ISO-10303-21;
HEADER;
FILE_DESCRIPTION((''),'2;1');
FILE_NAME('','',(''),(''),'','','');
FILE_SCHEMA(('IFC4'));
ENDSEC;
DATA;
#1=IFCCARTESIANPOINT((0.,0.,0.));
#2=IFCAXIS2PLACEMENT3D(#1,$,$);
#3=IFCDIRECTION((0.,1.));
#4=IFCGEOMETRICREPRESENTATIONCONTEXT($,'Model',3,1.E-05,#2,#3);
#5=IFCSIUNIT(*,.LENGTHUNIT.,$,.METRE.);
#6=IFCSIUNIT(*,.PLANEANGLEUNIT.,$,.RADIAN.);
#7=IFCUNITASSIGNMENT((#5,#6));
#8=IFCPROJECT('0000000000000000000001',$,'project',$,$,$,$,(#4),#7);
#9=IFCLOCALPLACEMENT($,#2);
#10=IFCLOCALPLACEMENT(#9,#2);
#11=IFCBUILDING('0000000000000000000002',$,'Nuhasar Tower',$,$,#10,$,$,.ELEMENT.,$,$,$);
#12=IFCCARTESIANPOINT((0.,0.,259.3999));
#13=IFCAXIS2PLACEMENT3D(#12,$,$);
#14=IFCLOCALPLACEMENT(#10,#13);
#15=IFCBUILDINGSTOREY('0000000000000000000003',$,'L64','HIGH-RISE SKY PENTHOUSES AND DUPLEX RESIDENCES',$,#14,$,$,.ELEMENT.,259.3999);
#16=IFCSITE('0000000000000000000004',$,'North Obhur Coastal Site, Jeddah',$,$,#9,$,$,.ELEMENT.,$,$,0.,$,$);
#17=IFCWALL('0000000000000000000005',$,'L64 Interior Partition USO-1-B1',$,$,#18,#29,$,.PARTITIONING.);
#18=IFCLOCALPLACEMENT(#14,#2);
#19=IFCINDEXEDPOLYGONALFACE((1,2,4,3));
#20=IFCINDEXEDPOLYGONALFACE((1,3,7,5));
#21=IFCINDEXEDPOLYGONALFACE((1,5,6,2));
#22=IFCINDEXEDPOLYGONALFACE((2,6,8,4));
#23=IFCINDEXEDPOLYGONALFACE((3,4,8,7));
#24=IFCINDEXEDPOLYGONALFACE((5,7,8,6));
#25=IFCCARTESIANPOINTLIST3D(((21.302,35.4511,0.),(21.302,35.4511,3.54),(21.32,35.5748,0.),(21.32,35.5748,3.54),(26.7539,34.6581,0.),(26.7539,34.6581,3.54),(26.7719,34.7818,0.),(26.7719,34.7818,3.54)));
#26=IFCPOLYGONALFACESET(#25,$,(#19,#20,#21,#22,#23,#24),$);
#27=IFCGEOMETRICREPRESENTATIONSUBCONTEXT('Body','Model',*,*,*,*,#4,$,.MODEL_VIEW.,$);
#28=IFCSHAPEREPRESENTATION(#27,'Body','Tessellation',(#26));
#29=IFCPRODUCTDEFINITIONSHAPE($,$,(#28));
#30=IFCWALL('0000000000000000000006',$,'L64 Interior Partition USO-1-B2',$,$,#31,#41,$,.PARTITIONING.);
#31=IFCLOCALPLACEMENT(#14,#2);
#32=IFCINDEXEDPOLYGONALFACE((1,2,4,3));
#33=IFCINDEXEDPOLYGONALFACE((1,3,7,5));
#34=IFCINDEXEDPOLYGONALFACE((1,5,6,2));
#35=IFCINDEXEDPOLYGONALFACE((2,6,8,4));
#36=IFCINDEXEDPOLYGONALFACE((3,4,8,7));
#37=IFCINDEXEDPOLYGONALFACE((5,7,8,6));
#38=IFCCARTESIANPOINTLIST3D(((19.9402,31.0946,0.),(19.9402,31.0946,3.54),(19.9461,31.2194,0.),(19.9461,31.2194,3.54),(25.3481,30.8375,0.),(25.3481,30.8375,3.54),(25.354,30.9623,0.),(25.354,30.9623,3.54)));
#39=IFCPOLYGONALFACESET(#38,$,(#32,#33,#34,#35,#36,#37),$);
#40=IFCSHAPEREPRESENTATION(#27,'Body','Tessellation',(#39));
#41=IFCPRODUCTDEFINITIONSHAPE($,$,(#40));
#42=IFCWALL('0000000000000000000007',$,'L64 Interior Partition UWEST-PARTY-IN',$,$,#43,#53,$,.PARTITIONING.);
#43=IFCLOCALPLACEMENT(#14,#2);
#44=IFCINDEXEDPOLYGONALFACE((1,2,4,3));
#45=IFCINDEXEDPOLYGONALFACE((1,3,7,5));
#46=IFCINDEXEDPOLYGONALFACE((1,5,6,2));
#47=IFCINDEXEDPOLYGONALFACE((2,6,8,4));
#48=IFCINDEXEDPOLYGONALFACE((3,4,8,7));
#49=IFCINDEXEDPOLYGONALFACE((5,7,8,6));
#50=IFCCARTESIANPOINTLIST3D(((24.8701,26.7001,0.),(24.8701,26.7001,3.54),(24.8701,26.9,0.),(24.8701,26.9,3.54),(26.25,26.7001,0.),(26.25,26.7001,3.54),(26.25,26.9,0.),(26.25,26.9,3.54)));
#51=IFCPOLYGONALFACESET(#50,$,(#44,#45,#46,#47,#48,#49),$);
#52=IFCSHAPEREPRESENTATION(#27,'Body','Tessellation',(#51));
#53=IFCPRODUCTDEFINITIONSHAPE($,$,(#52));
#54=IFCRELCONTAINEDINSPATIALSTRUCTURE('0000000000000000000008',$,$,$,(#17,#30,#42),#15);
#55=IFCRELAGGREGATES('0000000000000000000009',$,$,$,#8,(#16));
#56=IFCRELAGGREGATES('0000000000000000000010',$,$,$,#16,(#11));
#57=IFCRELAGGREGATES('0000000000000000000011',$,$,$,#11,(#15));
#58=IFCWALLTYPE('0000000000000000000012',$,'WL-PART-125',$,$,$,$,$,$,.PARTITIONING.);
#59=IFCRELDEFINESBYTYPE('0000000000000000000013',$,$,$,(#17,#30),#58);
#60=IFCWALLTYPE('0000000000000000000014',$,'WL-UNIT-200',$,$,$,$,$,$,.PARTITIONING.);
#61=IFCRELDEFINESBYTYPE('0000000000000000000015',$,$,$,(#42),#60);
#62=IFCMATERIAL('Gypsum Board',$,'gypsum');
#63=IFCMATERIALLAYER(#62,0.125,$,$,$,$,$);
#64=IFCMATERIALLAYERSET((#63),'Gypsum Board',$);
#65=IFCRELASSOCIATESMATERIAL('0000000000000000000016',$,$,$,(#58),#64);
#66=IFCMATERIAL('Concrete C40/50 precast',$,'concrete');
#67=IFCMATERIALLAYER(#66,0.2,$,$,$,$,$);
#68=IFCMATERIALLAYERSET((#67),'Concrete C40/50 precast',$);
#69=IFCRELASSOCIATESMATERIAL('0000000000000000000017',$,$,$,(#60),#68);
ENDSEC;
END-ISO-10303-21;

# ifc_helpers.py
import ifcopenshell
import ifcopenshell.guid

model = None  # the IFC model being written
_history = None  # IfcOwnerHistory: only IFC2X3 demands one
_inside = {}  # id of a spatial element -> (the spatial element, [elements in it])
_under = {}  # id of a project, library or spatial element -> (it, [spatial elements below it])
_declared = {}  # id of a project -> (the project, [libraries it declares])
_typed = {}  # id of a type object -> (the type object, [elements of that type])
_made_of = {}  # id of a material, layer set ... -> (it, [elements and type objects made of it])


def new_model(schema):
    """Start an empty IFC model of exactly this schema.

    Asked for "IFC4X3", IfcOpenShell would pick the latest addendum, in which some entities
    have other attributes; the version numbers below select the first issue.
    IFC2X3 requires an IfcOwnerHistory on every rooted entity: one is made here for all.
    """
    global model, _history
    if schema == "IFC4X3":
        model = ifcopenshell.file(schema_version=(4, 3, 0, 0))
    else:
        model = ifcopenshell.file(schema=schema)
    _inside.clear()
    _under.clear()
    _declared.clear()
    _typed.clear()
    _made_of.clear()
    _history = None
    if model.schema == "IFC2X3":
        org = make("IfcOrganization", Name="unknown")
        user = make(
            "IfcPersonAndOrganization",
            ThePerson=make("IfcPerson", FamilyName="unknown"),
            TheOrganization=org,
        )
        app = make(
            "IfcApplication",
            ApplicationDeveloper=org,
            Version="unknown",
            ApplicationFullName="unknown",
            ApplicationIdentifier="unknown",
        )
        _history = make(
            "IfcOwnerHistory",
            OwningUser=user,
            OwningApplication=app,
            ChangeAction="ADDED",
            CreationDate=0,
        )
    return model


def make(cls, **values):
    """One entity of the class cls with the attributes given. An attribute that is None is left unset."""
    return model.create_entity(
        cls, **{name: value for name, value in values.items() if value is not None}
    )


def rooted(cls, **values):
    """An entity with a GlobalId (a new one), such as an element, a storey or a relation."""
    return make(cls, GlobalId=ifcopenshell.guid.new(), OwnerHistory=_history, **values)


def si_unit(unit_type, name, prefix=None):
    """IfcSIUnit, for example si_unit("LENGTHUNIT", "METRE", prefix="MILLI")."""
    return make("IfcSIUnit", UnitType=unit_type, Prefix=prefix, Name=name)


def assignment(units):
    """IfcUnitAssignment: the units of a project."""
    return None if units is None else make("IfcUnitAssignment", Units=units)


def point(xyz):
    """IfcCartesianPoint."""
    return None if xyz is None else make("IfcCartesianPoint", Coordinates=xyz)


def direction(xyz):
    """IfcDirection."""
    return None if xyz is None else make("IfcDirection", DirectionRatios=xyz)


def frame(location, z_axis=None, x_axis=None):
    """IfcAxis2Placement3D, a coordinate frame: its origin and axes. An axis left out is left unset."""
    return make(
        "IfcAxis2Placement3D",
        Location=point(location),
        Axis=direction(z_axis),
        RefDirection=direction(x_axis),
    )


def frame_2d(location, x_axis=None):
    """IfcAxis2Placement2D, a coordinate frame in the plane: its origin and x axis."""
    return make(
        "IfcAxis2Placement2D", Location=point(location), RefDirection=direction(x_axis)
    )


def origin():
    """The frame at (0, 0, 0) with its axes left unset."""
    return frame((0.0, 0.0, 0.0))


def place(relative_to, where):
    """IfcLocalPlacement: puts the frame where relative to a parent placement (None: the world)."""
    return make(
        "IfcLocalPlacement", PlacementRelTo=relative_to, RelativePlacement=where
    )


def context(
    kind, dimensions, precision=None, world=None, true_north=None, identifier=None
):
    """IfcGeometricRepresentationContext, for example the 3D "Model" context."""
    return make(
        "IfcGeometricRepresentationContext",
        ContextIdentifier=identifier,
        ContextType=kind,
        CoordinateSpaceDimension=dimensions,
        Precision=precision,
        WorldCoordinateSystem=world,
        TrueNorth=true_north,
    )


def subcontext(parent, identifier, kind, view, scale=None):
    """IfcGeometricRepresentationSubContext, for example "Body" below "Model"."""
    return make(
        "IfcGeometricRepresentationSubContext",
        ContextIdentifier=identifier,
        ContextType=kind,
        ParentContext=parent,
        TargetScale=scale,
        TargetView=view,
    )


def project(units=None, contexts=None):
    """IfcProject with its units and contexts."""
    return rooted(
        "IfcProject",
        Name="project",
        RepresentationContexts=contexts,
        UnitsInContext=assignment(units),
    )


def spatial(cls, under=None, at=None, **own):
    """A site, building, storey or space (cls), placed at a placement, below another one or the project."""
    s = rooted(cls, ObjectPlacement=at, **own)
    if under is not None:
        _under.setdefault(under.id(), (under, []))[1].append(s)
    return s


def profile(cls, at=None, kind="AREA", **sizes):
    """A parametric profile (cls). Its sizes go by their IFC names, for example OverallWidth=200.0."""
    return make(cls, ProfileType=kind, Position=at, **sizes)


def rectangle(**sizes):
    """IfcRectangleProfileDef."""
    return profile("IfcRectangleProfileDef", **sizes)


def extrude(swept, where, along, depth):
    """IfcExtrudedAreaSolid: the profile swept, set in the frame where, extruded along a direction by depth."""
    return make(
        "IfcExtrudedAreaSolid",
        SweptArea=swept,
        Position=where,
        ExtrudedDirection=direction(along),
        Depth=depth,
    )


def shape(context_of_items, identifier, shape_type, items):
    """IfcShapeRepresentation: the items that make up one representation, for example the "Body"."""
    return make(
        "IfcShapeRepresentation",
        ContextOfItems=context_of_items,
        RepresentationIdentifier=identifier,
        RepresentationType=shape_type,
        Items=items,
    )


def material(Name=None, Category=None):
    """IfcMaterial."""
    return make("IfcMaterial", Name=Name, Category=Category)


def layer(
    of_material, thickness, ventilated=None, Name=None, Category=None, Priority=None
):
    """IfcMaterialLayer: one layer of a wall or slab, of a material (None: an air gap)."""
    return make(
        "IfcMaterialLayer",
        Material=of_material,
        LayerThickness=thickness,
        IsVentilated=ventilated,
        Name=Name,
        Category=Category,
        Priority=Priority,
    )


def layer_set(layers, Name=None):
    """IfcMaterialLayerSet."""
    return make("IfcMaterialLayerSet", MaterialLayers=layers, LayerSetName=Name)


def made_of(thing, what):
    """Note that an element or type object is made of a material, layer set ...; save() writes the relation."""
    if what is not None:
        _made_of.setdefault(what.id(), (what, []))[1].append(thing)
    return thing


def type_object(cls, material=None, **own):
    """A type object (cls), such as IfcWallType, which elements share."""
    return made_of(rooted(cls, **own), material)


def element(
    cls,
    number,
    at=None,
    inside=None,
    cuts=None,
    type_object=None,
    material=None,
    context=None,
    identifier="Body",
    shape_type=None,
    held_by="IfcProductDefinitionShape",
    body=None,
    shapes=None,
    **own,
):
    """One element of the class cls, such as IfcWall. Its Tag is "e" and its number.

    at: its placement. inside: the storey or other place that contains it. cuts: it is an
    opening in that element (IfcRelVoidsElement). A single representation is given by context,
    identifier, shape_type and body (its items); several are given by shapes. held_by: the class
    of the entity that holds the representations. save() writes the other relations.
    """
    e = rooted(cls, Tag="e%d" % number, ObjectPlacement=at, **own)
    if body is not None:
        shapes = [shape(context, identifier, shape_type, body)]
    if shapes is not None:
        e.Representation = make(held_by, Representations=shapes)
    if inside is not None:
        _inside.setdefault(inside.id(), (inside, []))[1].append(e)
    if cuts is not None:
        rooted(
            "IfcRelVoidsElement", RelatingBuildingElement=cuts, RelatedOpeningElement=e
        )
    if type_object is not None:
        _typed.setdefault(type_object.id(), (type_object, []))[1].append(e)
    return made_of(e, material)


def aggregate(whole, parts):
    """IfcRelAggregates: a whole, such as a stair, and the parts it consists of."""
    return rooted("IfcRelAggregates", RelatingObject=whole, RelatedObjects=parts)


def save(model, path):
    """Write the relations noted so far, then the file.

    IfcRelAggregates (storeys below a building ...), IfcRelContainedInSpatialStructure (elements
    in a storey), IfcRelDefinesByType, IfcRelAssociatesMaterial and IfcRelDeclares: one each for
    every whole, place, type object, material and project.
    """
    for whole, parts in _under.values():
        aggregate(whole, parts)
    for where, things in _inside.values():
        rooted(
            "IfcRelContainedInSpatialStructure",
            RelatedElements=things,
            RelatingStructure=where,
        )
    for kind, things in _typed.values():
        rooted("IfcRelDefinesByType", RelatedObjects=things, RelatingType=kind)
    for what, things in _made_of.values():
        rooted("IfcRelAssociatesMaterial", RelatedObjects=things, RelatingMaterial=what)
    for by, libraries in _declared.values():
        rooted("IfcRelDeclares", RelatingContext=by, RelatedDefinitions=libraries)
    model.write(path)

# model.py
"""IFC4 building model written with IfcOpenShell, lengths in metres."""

from ifc_helpers import new_model, si_unit, direction, frame, frame_2d, origin, place, context, subcontext, project, spatial, rectangle, extrude, material, layer, layer_set, type_object, element, save


model = new_model("IFC4")

# Units and contexts
model_context = context("Model", 3, precision=1e-05, world=origin(), true_north=direction((0.0, 1.0)))
body_context = subcontext(model_context, "Body", "Model", "MODEL_VIEW")
ifc_project = project(units=[si_unit("LENGTHUNIT", "METRE"), si_unit("PLANEANGLEUNIT", "RADIAN")], contexts=[model_context])

# Site, building, storey
site_placement = place(None, origin())
site = spatial("IfcSite", under=ifc_project, at=site_placement, Name="North Obhur Coastal Site, Jeddah", CompositionType="ELEMENT", RefElevation=0.0)
building_placement = place(site_placement, origin())
building = spatial("IfcBuilding", under=site, at=building_placement, Name="Nuhasar Tower", CompositionType="ELEMENT")
storey_placement = place(building_placement, frame((0.0, 0.0, 259.3999)))
storey = spatial("IfcBuildingStorey", under=building, at=storey_placement, Name="L64", Description="HIGH-RISE SKY PENTHOUSES AND DUPLEX RESIDENCES", CompositionType="ELEMENT", Elevation=259.3999)

# Shared definitions
ifc_material_1 = material(Name="Gypsum Board", Category="gypsum")

# Shared definitions
ifc_layer_1 = layer(ifc_material_1, 0.125)
ifc_layer_set_1 = layer_set([ifc_layer_1], Name="Gypsum Board")
wall_type_1 = type_object("IfcWallType", Name="WL-PART-125", PredefinedType="PARTITIONING", material=ifc_layer_set_1)

# Walls
wall_1_placement = place(storey_placement, frame((26.7629, 34.72, 0.0), z_axis=(0.0, 0.0, 1.0), x_axis=(-0.989587, 0.143934, 0.0)))
element("IfcWall", 1, at=wall_1_placement, inside=storey, type_object=wall_type_1, Name="L64 Interior Partition USO-1-B1", PredefinedType="PARTITIONING", context=body_context, shape_type="SweptSolid", body=[
    extrude(rectangle(XDim=5.5093, YDim=0.125, at=frame_2d((2.7546, 0.0))), origin(), (0.0, 0.0, 1.0), 3.54),
])
wall_2_placement = place(storey_placement, frame((25.3511, 30.8999, 0.0), z_axis=(0.0, 0.0, 1.0), x_axis=(-0.998872, 0.047484, 0.0)))
element("IfcWall", 2, at=wall_2_placement, inside=storey, type_object=wall_type_1, Name="L64 Interior Partition USO-1-B2", PredefinedType="PARTITIONING", context=body_context, shape_type="SweptSolid", body=[
    extrude(rectangle(XDim=5.4141, YDim=0.125, at=frame_2d((2.707, 0.0))), origin(), (0.0, 0.0, 1.0), 3.54),
])
ifc_material_2 = material(Name="Concrete C40/50 precast", Category="concrete")
ifc_layer_2 = layer(ifc_material_2, 0.2)
ifc_layer_set_2 = layer_set([ifc_layer_2], Name="Concrete C40/50 precast")
wall_type_2 = type_object("IfcWallType", Name="WL-UNIT-200", PredefinedType="PARTITIONING", material=ifc_layer_set_2)
wall_3_placement = place(storey_placement, frame((26.25, 26.8, 0.0), z_axis=(0.0, 0.0, 1.0), x_axis=(-1.0, 0.0, 0.0)))
element("IfcWall", 3, at=wall_3_placement, inside=storey, type_object=wall_type_2, Name="L64 Interior Partition UWEST-PARTY-IN", PredefinedType="PARTITIONING", context=body_context, shape_type="SweptSolid", body=[
    extrude(rectangle(XDim=1.3799, YDim=0.2, at=frame_2d((0.6899, 0.0))), origin(), (0.0, 0.0, 1.0), 3.54),
])

save(model, "model.ifc")
